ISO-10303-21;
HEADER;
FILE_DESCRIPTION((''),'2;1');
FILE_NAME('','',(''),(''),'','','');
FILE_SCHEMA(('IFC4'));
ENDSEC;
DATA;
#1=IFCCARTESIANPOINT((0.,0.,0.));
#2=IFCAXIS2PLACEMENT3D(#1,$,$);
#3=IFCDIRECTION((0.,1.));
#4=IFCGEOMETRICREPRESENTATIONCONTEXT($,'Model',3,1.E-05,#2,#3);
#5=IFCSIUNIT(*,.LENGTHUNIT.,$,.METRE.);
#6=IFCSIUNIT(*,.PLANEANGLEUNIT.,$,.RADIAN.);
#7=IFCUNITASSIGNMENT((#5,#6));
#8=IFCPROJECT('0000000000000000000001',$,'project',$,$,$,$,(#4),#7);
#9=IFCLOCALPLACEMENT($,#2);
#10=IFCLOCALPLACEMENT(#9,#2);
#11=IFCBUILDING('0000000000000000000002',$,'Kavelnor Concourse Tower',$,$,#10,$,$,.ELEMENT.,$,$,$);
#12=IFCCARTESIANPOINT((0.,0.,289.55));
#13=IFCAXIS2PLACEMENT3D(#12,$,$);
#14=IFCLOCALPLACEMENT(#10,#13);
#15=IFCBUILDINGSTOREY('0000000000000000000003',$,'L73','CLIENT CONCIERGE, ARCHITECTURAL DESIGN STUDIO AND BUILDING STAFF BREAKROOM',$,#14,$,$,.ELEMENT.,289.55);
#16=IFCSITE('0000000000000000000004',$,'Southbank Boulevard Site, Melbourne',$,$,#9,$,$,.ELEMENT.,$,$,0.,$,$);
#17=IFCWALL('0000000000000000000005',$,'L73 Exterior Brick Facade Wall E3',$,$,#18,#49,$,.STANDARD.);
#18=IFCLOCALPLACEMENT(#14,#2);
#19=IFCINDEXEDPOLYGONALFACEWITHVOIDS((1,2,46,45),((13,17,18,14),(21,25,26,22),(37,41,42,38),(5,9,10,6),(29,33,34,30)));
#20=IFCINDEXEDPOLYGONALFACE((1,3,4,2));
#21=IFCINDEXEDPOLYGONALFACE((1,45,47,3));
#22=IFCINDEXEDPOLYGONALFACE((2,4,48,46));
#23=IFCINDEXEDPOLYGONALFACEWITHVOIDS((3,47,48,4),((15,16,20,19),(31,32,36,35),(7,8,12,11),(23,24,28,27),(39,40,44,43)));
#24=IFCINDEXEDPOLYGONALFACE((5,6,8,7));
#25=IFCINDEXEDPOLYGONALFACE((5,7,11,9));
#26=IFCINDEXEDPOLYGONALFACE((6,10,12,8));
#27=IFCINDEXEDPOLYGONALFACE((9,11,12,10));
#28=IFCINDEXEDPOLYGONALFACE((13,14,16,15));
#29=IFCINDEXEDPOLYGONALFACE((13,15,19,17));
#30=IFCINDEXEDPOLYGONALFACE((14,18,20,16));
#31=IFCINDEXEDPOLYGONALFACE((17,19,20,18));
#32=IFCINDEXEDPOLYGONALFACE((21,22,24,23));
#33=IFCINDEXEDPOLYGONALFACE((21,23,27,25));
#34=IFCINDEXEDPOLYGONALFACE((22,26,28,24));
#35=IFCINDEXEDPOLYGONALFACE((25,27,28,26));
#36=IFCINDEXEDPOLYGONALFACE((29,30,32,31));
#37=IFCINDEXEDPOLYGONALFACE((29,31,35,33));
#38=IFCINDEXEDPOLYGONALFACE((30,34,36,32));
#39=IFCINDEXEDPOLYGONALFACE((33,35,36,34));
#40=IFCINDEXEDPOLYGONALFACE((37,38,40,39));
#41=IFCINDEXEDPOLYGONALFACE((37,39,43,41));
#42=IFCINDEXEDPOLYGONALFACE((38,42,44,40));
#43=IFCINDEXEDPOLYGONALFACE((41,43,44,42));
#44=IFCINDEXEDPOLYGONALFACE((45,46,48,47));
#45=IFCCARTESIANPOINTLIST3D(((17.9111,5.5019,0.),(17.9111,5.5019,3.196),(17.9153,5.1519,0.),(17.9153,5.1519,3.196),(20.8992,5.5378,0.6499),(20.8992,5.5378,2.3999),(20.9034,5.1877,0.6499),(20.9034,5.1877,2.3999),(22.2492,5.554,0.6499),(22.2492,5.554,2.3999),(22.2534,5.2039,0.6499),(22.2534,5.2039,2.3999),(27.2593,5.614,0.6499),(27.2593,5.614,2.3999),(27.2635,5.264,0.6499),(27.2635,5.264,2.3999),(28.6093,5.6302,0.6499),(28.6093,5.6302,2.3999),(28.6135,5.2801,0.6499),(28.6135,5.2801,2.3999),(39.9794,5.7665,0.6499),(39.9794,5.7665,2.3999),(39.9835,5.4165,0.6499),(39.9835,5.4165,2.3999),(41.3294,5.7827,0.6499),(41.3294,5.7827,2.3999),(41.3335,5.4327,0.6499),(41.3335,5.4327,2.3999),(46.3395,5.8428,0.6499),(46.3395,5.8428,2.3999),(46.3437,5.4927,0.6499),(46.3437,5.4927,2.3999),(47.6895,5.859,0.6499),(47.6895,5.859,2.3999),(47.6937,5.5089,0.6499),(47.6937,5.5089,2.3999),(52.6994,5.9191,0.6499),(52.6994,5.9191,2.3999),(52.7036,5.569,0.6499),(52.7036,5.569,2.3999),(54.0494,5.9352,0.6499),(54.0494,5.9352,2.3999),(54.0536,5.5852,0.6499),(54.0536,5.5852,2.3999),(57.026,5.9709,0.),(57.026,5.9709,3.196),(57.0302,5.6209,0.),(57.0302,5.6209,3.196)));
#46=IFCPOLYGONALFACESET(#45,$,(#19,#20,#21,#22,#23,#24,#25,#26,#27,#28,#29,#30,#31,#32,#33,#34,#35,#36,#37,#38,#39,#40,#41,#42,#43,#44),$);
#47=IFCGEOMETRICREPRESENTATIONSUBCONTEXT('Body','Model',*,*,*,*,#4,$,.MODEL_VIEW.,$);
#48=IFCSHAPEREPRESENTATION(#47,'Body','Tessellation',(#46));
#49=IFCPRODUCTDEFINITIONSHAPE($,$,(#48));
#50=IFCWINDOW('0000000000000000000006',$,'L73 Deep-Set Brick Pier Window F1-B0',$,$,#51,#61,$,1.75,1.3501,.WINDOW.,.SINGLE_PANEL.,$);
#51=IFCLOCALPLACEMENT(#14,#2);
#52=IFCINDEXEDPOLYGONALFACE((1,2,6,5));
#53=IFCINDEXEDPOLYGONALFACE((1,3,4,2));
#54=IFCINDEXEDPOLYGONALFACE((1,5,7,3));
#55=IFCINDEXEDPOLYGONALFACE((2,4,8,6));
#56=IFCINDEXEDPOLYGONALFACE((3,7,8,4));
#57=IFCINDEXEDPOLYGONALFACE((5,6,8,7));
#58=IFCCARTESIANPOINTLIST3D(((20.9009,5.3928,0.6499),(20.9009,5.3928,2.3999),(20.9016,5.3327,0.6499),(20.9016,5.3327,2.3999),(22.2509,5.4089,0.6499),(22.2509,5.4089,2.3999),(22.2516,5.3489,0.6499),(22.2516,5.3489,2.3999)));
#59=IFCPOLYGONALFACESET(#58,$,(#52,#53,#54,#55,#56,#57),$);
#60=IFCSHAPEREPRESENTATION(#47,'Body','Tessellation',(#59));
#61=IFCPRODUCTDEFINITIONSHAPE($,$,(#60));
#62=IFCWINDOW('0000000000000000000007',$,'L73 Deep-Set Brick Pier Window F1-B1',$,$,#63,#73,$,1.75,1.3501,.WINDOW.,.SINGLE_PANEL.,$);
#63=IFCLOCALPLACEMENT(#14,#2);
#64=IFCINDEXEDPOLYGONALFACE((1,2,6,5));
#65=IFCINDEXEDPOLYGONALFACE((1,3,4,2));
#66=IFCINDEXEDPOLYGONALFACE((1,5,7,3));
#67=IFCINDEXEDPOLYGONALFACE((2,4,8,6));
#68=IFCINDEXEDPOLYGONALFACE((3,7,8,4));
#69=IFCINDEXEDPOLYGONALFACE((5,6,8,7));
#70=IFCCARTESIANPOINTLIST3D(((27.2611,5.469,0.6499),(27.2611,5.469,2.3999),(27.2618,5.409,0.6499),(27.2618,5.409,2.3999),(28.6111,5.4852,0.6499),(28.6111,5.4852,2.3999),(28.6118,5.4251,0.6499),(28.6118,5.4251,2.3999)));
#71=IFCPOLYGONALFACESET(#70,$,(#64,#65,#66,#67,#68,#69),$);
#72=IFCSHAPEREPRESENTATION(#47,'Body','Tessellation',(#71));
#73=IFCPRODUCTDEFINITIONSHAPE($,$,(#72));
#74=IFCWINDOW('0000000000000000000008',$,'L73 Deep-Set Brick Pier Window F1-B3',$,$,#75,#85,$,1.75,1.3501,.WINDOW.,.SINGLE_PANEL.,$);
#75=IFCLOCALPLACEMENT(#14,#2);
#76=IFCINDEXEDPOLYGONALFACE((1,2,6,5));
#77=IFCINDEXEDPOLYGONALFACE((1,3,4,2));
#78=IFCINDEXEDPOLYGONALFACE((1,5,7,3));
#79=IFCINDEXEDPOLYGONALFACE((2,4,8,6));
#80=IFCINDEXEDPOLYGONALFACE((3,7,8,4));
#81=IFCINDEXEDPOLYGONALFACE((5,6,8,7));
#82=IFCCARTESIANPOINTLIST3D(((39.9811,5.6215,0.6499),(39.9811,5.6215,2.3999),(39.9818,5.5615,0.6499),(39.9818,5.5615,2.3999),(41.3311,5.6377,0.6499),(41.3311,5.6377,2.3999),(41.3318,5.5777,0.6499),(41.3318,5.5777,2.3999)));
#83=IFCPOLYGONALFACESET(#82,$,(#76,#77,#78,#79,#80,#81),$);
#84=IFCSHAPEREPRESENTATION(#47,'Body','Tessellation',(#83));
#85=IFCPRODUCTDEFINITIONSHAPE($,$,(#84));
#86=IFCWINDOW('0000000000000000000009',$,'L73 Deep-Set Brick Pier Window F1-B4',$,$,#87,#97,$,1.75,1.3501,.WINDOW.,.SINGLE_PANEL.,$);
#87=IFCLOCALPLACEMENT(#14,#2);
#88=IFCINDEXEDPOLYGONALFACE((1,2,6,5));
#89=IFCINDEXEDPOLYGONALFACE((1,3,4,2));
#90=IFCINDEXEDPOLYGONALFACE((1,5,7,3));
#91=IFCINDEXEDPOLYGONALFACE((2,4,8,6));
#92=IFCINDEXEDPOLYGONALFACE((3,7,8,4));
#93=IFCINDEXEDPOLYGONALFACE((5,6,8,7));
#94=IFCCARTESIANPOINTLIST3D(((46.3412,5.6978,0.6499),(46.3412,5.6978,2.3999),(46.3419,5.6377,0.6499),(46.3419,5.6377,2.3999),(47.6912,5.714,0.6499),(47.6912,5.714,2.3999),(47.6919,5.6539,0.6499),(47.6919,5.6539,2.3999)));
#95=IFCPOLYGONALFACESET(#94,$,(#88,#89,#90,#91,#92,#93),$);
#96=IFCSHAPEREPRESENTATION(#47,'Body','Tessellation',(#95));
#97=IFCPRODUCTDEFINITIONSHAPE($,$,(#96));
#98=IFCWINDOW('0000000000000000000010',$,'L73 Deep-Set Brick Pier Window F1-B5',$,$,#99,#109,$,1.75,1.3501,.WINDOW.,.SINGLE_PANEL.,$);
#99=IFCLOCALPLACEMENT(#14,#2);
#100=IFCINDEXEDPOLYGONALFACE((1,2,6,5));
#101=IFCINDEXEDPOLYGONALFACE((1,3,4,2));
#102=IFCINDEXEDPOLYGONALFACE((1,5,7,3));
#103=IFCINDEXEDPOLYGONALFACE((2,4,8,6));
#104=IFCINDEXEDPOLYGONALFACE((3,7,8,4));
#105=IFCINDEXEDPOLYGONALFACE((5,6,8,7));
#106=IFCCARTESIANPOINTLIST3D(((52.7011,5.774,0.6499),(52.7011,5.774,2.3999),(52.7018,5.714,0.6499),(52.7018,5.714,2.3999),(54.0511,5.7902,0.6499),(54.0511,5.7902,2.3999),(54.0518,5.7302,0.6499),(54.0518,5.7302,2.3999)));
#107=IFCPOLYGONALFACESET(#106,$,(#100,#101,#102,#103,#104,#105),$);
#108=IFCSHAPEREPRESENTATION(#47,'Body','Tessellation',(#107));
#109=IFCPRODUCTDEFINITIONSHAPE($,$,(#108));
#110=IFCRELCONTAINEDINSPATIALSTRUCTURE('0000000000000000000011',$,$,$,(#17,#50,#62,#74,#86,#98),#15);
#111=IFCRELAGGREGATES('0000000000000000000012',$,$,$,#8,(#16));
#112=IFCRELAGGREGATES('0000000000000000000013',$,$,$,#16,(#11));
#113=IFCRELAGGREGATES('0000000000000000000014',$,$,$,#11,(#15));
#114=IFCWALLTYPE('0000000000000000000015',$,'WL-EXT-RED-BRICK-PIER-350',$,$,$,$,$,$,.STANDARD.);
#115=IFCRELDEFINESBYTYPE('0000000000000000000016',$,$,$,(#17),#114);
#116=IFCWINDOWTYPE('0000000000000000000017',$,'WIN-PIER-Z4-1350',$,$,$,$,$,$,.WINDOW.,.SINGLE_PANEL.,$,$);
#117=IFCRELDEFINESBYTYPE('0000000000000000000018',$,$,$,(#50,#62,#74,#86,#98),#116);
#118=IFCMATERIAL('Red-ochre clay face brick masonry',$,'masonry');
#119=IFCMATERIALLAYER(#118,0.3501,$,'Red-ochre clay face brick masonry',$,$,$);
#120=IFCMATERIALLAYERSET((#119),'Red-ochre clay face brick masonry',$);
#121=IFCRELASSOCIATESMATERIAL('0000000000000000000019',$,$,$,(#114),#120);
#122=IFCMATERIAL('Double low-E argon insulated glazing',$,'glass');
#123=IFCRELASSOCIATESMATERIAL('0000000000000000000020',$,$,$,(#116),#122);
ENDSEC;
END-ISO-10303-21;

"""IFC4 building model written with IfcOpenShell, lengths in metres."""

from ifc_helpers import new_model, si_unit, direction, frame, frame_2d, origin, place, context, subcontext, project, spatial, rectangle, extrude, material, layer, layer_set, type_object, element, fill, save


model = new_model("IFC4")

# Units and contexts
model_context = context("Model", 3, precision=1e-05, world=origin(), true_north=direction((0.0, 1.0)))
body_context = subcontext(model_context, "Body", "Model", "MODEL_VIEW")
ifc_project = project(units=[si_unit("LENGTHUNIT", "METRE"), si_unit("PLANEANGLEUNIT", "RADIAN")], contexts=[model_context])

# Site, building, storey
site_placement = place(None, origin())
site = spatial("IfcSite", under=ifc_project, at=site_placement, Name="Southbank Boulevard Site, Melbourne", CompositionType="ELEMENT", RefElevation=0.0)
building_placement = place(site_placement, origin())
building = spatial("IfcBuilding", under=site, at=building_placement, Name="Kavelnor Concourse Tower", CompositionType="ELEMENT")
storey_placement = place(building_placement, frame((0.0, 0.0, 289.55)))
storey = spatial("IfcBuildingStorey", under=building, at=storey_placement, Name="L73", Description="CLIENT CONCIERGE, ARCHITECTURAL DESIGN STUDIO AND BUILDING STAFF BREAKROOM", CompositionType="ELEMENT", Elevation=289.55)

# Shared definitions
ifc_material_1 = material(Name="Double low-E argon insulated glazing", Category="glass")

# Wall, openings, windows
ifc_material_2 = material(Name="Red-ochre clay face brick masonry", Category="masonry")
ifc_layer_1 = layer(ifc_material_2, 0.3501, Name="Red-ochre clay face brick masonry")
ifc_layer_set_1 = layer_set([ifc_layer_1], Name="Red-ochre clay face brick masonry")
wall_type_1 = type_object("IfcWallType", Name="WL-EXT-RED-BRICK-PIER-350", PredefinedType="STANDARD", material=ifc_layer_set_1)
wall_1_placement = place(storey_placement, frame((57.0281, 5.7959, 0.0), z_axis=(0.0, 0.0, 1.0), x_axis=(-0.999928, -0.011989, 0.0)))
wall_1 = element("IfcWall", 1, at=wall_1_placement, inside=storey, type_object=wall_type_1, Name="L73 Exterior Brick Facade Wall E3", PredefinedType="STANDARD", context=body_context, shape_type="SweptSolid", body=[
    extrude(rectangle(XDim=39.1177, YDim=0.3501, at=frame_2d((19.5588, 0.0))), origin(), (0.0, 0.0, 1.0), 3.196),
])
opening_1_placement = place(wall_1_placement, frame((34.7793, 0.0, 0.6499)))
opening_1 = element("IfcOpeningElement", 2, at=opening_1_placement, cuts=wall_1, PredefinedType="OPENING", context=body_context, shape_type="SweptSolid", body=[
    extrude(rectangle(XDim=1.3501, YDim=1.75, at=frame_2d((0.675, 0.875))), frame((0.0, 0.1851, 0.0), z_axis=(0.0, -1.0, 0.0), x_axis=(1.0, 0.0, 0.0)), (0.0, 0.0, 1.0), 0.3701),
])
opening_2_placement = place(wall_1_placement, frame((28.4187, 0.0, 0.6499)))
opening_2 = element("IfcOpeningElement", 3, at=opening_2_placement, cuts=wall_1, PredefinedType="OPENING", context=body_context, shape_type="SweptSolid", body=[
    extrude(rectangle(XDim=1.3501, YDim=1.75, at=frame_2d((0.675, 0.875))), frame((0.0, 0.1851, 0.0), z_axis=(0.0, -1.0, 0.0), x_axis=(1.0, 0.0, 0.0)), (0.0, 0.0, 1.0), 0.3701),
])
opening_3_placement = place(wall_1_placement, frame((15.6978, 0.0, 0.6499)))
opening_3 = element("IfcOpeningElement", 4, at=opening_3_placement, cuts=wall_1, PredefinedType="OPENING", context=body_context, shape_type="SweptSolid", body=[
    extrude(rectangle(XDim=1.3501, YDim=1.75, at=frame_2d((0.675, 0.875))), frame((0.0, 0.1851, 0.0), z_axis=(0.0, -1.0, 0.0), x_axis=(1.0, 0.0, 0.0)), (0.0, 0.0, 1.0), 0.3701),
])
opening_4_placement = place(wall_1_placement, frame((9.3372, 0.0, 0.6499)))
opening_4 = element("IfcOpeningElement", 5, at=opening_4_placement, cuts=wall_1, PredefinedType="OPENING", context=body_context, shape_type="SweptSolid", body=[
    extrude(rectangle(XDim=1.3501, YDim=1.75, at=frame_2d((0.675, 0.875))), frame((0.0, 0.1851, 0.0), z_axis=(0.0, -1.0, 0.0), x_axis=(1.0, 0.0, 0.0)), (0.0, 0.0, 1.0), 0.3701),
])
opening_5_placement = place(wall_1_placement, frame((2.9768, 0.0, 0.6499)))
opening_5 = element("IfcOpeningElement", 6, at=opening_5_placement, cuts=wall_1, PredefinedType="OPENING", context=body_context, shape_type="SweptSolid", body=[
    extrude(rectangle(XDim=1.3501, YDim=1.75, at=frame_2d((0.675, 0.875))), frame((0.0, 0.1851, 0.0), z_axis=(0.0, -1.0, 0.0), x_axis=(1.0, 0.0, 0.0)), (0.0, 0.0, 1.0), 0.3701),
])
window_type_1 = type_object("IfcWindowType", Name="WIN-PIER-Z4-1350", PartitioningType="SINGLE_PANEL", PredefinedType="WINDOW", material=ifc_material_1)
window_1_placement = place(opening_1_placement, origin())
window_1 = element("IfcWindow", 7, at=window_1_placement, inside=storey, type_object=window_type_1, Name="L73 Deep-Set Brick Pier Window F1-B0", OverallHeight=1.75, OverallWidth=1.3501, PartitioningType="SINGLE_PANEL", PredefinedType="WINDOW", context=body_context, shape_type="SweptSolid", body=[
    extrude(rectangle(XDim=1.3501, YDim=1.75, at=frame_2d((0.675, 0.875))), frame((0.0, 0.03, 0.0), z_axis=(0.0, -1.0, 0.0), x_axis=(1.0, 0.0, 0.0)), (0.0, 0.0, 1.0), 0.0601),
])
fill(opening_1, window_1)
window_2_placement = place(opening_2_placement, origin())
window_2 = element("IfcWindow", 8, at=window_2_placement, inside=storey, type_object=window_type_1, Name="L73 Deep-Set Brick Pier Window F1-B1", OverallHeight=1.75, OverallWidth=1.3501, PartitioningType="SINGLE_PANEL", PredefinedType="WINDOW", context=body_context, shape_type="SweptSolid", body=[
    extrude(rectangle(XDim=1.3501, YDim=1.75, at=frame_2d((0.675, 0.875))), frame((0.0, 0.03, 0.0), z_axis=(0.0, -1.0, 0.0), x_axis=(1.0, 0.0, 0.0)), (0.0, 0.0, 1.0), 0.0601),
])
fill(opening_2, window_2)
window_3_placement = place(opening_3_placement, origin())
window_3 = element("IfcWindow", 9, at=window_3_placement, inside=storey, type_object=window_type_1, Name="L73 Deep-Set Brick Pier Window F1-B3", OverallHeight=1.75, OverallWidth=1.3501, PartitioningType="SINGLE_PANEL", PredefinedType="WINDOW", context=body_context, shape_type="SweptSolid", body=[
    extrude(rectangle(XDim=1.3501, YDim=1.75, at=frame_2d((0.675, 0.875))), frame((0.0, 0.03, 0.0), z_axis=(0.0, -1.0, 0.0), x_axis=(1.0, 0.0, 0.0)), (0.0, 0.0, 1.0), 0.0601),
])
fill(opening_3, window_3)
window_4_placement = place(opening_4_placement, origin())
window_4 = element("IfcWindow", 10, at=window_4_placement, inside=storey, type_object=window_type_1, Name="L73 Deep-Set Brick Pier Window F1-B4", OverallHeight=1.75, OverallWidth=1.3501, PartitioningType="SINGLE_PANEL", PredefinedType="WINDOW", context=body_context, shape_type="SweptSolid", body=[
    extrude(rectangle(XDim=1.3501, YDim=1.75, at=frame_2d((0.675, 0.875))), frame((0.0, 0.03, 0.0), z_axis=(0.0, -1.0, 0.0), x_axis=(1.0, 0.0, 0.0)), (0.0, 0.0, 1.0), 0.0601),
])
fill(opening_4, window_4)
window_5_placement = place(opening_5_placement, origin())
window_5 = element("IfcWindow", 11, at=window_5_placement, inside=storey, type_object=window_type_1, Name="L73 Deep-Set Brick Pier Window F1-B5", OverallHeight=1.75, OverallWidth=1.3501, PartitioningType="SINGLE_PANEL", PredefinedType="WINDOW", context=body_context, shape_type="SweptSolid", body=[
    extrude(rectangle(XDim=1.3501, YDim=1.75, at=frame_2d((0.675, 0.875))), frame((0.0, 0.03, 0.0), z_axis=(0.0, -1.0, 0.0), x_axis=(1.0, 0.0, 0.0)), (0.0, 0.0, 1.0), 0.0601),
])
fill(opening_5, window_5)

save(model, "model.ifc")
